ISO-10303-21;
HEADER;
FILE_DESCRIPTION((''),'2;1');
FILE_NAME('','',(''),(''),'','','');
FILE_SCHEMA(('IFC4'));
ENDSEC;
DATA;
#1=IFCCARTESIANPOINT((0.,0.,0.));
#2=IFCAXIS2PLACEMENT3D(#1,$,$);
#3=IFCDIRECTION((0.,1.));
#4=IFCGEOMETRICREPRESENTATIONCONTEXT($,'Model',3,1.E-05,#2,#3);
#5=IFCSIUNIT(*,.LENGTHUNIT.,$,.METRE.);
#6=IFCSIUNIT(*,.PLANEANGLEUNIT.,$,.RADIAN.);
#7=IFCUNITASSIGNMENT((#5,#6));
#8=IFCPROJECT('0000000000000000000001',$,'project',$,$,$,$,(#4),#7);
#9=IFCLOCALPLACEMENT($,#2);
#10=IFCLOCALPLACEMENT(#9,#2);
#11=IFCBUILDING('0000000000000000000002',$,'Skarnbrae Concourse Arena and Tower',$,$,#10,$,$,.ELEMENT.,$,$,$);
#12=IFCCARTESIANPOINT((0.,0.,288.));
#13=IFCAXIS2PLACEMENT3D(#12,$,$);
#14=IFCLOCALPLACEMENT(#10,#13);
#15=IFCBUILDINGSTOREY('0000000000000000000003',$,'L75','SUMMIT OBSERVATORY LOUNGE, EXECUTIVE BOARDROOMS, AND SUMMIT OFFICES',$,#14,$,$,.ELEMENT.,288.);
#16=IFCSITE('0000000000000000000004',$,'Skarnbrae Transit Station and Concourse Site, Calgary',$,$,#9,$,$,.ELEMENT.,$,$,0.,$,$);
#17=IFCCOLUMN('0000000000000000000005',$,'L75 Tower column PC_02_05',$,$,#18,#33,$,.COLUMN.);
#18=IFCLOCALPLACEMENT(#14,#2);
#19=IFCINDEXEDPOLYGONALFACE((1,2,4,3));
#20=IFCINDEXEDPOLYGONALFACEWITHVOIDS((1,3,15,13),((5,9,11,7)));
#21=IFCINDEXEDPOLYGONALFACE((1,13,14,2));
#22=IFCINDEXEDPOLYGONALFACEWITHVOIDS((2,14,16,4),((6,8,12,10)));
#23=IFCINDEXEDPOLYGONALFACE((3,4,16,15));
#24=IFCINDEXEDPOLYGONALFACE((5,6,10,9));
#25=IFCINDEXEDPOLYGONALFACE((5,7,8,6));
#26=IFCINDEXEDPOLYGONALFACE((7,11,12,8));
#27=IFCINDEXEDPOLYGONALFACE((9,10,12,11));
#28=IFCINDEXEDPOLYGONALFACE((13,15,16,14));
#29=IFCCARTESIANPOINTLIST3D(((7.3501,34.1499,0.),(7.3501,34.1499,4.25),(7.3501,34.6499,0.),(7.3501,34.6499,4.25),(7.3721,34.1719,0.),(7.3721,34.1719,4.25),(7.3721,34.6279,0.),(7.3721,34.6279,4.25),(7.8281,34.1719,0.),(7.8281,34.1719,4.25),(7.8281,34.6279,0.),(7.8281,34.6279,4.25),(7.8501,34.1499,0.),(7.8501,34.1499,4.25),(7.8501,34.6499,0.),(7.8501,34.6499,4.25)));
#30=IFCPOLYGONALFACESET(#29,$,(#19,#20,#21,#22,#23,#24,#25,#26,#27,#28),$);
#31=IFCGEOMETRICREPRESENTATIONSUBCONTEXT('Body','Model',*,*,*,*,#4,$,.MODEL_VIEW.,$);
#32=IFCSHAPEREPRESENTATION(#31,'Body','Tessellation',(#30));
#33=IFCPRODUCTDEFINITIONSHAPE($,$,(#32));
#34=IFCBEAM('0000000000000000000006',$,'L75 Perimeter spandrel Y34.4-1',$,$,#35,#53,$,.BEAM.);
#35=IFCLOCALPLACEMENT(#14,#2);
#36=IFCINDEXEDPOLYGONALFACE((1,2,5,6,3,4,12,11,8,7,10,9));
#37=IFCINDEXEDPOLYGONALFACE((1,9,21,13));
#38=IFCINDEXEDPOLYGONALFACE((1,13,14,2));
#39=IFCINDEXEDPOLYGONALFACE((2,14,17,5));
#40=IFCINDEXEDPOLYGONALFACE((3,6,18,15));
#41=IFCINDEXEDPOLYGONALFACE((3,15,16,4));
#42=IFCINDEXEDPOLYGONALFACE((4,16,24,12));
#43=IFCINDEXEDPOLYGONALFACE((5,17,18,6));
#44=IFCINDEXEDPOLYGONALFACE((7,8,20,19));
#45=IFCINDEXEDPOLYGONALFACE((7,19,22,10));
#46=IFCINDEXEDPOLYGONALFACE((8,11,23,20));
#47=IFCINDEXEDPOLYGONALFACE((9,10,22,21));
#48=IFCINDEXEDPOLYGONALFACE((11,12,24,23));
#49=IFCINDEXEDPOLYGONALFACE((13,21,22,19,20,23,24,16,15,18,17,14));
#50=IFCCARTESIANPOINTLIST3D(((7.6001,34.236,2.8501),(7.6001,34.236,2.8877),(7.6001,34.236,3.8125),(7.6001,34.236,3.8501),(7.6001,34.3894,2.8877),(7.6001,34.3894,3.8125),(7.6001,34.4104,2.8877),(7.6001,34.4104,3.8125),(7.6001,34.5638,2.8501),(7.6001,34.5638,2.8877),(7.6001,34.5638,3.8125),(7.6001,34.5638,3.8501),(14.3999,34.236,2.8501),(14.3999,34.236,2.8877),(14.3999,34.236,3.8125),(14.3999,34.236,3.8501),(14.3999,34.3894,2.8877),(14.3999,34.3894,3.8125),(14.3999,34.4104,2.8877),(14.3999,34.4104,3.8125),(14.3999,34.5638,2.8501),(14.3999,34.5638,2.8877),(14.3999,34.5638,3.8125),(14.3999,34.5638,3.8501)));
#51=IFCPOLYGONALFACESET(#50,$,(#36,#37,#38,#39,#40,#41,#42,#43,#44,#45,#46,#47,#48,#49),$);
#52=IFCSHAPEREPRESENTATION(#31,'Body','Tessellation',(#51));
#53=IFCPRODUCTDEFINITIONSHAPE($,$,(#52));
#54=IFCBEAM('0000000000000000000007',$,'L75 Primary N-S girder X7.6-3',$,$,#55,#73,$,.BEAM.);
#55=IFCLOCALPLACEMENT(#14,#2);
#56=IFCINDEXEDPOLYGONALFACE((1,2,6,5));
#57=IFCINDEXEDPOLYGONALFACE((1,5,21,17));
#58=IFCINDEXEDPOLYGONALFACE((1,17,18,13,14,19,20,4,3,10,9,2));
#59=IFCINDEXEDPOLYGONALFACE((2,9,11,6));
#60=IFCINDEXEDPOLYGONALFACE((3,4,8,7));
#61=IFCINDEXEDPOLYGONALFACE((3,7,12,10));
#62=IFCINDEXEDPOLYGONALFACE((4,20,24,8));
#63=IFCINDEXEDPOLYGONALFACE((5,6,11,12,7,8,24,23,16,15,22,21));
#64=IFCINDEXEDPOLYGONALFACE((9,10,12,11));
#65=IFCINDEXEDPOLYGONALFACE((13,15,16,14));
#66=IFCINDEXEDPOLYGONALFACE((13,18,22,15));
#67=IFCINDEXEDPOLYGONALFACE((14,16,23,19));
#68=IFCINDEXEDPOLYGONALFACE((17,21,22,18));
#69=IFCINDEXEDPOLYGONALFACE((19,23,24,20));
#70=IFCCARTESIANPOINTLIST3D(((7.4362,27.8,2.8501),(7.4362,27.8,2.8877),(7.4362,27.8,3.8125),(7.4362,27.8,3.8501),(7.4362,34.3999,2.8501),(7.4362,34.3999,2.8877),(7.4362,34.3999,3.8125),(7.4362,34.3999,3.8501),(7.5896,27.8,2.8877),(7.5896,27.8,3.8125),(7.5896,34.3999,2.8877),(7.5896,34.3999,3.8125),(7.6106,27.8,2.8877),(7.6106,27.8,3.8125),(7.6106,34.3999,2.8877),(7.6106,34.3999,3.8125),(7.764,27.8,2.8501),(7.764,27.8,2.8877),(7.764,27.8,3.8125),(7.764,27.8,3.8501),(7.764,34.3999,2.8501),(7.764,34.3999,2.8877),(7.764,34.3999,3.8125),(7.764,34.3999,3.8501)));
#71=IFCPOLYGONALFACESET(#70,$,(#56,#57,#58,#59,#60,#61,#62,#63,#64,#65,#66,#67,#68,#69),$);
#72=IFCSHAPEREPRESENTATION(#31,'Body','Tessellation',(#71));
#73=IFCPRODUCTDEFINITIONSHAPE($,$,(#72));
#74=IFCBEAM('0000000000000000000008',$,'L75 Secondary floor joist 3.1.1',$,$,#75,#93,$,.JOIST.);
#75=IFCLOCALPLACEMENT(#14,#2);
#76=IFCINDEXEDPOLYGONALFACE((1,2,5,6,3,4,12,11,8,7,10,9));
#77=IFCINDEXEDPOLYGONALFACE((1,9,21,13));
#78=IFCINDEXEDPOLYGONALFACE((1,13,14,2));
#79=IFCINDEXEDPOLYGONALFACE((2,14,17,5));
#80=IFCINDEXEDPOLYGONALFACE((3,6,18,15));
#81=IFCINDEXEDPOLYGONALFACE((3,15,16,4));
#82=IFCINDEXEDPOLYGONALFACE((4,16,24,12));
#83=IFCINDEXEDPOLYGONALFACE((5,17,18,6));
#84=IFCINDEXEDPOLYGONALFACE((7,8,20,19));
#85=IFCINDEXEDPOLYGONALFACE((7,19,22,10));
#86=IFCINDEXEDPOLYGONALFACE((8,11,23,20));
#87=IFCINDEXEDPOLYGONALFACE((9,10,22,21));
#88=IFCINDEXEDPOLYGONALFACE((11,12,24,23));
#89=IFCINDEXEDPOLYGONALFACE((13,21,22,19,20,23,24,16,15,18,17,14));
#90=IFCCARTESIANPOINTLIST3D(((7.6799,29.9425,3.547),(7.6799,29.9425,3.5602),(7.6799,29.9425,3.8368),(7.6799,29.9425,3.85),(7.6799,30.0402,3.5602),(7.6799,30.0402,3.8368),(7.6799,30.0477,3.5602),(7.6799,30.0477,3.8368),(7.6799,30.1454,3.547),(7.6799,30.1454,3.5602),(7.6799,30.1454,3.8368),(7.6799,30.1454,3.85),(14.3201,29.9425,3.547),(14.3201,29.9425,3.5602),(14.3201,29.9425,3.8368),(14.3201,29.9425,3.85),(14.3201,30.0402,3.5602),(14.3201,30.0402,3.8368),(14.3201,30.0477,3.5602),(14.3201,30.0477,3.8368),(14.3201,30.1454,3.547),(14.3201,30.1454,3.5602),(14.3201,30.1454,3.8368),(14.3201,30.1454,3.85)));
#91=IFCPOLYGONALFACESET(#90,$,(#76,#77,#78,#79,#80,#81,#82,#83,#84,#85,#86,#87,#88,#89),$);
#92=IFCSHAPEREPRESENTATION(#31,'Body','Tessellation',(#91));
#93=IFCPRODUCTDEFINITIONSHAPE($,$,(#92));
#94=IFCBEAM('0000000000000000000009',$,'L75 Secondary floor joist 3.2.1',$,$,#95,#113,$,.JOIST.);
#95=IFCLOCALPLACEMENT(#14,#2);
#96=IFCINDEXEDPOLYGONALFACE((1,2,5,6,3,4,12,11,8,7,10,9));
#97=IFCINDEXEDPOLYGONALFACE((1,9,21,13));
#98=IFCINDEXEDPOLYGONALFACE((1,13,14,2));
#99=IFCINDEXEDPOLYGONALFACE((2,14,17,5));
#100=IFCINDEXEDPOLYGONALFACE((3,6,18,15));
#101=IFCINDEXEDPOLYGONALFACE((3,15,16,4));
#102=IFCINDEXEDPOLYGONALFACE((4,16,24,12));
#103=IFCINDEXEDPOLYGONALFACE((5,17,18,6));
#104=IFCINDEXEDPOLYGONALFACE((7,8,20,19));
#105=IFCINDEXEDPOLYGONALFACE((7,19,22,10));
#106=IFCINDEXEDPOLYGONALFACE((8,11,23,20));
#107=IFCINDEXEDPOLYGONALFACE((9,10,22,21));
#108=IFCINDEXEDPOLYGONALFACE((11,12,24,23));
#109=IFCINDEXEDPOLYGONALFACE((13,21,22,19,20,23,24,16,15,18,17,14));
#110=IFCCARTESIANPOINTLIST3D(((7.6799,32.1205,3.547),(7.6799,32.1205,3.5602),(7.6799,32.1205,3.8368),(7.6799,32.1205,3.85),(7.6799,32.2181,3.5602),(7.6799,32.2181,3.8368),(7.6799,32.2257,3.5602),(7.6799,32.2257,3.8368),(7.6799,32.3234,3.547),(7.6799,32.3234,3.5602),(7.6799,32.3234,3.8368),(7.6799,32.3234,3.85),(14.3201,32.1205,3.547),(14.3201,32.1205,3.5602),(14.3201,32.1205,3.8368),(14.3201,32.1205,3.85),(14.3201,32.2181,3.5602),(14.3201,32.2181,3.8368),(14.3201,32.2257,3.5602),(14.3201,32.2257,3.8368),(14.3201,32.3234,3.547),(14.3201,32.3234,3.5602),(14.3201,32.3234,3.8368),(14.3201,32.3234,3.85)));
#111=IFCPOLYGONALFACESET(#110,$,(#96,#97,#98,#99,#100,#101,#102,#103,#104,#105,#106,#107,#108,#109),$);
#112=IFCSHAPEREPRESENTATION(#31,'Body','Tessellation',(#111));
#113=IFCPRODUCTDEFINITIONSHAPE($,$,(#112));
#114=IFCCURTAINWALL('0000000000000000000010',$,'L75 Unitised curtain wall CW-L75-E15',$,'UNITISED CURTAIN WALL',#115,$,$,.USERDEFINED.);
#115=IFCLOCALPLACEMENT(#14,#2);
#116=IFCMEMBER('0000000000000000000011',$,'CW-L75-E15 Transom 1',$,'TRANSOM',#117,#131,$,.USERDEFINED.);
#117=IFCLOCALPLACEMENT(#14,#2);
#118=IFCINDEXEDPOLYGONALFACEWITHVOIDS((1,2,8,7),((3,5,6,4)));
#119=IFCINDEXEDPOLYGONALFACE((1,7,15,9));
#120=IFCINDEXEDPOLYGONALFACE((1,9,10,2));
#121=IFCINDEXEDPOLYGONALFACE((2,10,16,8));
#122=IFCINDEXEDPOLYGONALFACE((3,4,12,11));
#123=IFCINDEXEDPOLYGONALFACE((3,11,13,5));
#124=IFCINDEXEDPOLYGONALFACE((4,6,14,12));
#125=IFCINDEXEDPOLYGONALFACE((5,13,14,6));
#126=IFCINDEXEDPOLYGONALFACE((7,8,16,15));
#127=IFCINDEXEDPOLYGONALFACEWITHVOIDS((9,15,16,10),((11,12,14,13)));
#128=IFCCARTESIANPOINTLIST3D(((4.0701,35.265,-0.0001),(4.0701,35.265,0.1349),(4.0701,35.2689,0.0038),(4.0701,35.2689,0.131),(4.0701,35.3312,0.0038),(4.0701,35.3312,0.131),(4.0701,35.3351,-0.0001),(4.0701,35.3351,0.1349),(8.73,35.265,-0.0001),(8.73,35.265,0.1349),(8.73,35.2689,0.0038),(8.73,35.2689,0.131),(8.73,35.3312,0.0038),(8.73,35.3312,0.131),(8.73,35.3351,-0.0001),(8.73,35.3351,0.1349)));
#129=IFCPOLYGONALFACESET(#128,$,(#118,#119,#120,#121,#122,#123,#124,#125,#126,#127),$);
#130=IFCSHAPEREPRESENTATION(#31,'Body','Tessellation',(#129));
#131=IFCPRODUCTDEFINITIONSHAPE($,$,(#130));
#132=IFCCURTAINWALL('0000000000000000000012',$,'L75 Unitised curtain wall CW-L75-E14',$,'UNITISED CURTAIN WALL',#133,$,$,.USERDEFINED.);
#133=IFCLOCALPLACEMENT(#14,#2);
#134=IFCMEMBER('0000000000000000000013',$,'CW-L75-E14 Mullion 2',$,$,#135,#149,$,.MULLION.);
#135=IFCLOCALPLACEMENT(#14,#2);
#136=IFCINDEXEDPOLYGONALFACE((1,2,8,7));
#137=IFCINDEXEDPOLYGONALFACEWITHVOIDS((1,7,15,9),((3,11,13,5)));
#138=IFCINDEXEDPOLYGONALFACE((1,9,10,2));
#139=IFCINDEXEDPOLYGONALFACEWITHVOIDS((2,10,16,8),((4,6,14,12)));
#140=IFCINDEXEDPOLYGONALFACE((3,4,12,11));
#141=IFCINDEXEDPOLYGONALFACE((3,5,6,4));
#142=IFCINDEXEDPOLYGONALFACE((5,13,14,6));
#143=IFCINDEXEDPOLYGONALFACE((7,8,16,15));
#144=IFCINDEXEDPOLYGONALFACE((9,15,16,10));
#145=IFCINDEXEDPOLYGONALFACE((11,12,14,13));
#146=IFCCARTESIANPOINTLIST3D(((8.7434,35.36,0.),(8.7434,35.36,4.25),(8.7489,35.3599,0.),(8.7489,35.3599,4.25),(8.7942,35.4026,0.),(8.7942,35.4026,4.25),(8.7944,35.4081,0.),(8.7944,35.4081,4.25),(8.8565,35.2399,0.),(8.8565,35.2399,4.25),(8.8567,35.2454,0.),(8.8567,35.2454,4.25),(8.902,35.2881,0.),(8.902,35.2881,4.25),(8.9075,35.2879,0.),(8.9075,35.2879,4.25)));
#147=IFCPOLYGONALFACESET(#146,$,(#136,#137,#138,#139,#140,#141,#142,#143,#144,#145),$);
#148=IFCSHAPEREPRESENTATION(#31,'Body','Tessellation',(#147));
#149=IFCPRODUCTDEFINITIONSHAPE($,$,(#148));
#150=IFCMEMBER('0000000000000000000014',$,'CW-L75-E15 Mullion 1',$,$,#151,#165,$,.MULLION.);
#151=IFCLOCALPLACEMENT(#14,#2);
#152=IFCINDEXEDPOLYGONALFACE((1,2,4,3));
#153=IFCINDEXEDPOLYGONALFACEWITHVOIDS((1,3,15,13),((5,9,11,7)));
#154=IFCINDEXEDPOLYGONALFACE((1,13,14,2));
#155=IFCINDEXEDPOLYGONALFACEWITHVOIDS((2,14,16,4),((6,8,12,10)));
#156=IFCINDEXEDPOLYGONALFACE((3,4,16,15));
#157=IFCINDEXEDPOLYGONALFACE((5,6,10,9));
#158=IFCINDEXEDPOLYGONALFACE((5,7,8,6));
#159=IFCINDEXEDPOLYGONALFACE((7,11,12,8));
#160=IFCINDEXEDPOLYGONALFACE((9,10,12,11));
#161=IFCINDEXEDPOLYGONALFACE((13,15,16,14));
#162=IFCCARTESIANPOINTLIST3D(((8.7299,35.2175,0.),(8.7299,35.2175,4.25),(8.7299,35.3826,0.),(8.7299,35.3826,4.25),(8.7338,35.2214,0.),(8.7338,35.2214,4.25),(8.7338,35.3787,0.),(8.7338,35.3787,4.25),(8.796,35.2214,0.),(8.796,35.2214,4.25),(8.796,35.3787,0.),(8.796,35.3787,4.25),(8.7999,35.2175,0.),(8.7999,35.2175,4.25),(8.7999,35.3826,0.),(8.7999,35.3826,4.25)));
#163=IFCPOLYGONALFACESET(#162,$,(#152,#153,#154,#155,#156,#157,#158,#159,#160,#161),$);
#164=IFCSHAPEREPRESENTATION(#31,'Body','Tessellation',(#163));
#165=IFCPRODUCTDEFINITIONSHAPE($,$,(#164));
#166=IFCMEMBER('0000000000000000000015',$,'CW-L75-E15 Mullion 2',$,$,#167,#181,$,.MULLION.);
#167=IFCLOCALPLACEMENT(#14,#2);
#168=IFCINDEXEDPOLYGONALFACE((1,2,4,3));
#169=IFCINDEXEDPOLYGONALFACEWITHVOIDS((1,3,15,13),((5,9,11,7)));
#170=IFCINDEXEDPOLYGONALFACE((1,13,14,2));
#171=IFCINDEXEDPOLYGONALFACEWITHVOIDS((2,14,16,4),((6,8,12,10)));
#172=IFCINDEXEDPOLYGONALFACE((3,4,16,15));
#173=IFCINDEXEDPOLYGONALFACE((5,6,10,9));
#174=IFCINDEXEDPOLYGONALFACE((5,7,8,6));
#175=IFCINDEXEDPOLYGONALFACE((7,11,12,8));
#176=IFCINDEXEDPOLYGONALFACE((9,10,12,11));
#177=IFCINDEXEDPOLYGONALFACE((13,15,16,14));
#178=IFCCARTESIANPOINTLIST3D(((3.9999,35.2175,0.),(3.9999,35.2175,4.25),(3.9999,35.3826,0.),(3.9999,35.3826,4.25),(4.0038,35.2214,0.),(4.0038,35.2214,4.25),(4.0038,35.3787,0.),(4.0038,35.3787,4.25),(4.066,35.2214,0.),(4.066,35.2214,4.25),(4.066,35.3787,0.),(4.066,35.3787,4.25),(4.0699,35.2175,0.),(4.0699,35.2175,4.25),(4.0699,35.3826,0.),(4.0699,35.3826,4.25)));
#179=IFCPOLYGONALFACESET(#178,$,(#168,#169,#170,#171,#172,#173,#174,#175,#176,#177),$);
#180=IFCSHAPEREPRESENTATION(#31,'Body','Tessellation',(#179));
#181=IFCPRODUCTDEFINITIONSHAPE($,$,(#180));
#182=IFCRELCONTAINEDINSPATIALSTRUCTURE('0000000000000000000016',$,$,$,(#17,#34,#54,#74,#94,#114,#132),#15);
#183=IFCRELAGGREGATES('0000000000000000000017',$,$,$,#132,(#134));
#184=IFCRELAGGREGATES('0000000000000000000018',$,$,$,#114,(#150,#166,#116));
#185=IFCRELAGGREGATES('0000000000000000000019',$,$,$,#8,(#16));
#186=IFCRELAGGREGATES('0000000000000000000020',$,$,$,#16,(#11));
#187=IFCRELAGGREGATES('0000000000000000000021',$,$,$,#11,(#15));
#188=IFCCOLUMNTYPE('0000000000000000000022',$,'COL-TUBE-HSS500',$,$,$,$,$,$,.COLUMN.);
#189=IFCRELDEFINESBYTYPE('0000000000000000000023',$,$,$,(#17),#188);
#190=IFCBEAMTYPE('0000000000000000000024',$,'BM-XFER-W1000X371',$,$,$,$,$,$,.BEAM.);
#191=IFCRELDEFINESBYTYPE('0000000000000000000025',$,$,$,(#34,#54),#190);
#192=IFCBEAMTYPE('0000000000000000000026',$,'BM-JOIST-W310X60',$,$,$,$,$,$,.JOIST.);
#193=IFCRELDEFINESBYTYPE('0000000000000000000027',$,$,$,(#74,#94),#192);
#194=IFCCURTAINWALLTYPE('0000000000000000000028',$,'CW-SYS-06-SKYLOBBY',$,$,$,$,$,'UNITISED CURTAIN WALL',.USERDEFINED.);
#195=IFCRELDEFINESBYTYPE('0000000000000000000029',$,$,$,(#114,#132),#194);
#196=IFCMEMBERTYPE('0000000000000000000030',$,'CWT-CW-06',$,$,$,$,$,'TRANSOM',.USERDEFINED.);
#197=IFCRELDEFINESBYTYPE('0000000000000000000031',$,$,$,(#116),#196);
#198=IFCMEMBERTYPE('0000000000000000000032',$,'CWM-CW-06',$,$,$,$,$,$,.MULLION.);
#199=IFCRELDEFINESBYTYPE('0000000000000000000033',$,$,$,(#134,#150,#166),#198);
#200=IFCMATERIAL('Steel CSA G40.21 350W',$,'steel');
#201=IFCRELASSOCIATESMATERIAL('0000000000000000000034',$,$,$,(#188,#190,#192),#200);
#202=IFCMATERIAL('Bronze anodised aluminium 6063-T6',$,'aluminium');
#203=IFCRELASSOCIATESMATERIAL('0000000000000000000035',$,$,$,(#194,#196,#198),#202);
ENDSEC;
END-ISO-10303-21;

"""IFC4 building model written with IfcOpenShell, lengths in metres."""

from ifc_helpers import new_model, si_unit, direction, frame, origin, origin_2d, place, context, subcontext, project, spatial, hollow_rectangle, i_section, extrude, source, transform, mapped, material, material_profile, profile_set, type_object, element, aggregate, save


model = new_model("IFC4")

# Units and contexts
model_context = context("Model", 3, precision=1e-05, world=origin(), true_north=direction((0.0, 1.0)))
body_context = subcontext(model_context, "Body", "Model", "MODEL_VIEW")
ifc_project = project(units=[si_unit("LENGTHUNIT", "METRE"), si_unit("PLANEANGLEUNIT", "RADIAN")], contexts=[model_context])

# Site, building, storey
site_placement = place(None, origin())
site = spatial("IfcSite", under=ifc_project, at=site_placement, Name="Skarnbrae Transit Station and Concourse Site, Calgary", CompositionType="ELEMENT", RefElevation=0.0)
building_placement = place(site_placement, origin())
building = spatial("IfcBuilding", under=site, at=building_placement, Name="Skarnbrae Concourse Arena and Tower", CompositionType="ELEMENT")
storey_placement = place(building_placement, frame((0.0, 0.0, 288.0)))
storey = spatial("IfcBuildingStorey", under=building, at=storey_placement, Name="L75", Description="SUMMIT OBSERVATORY LOUNGE, EXECUTIVE BOARDROOMS, AND SUMMIT OFFICES", CompositionType="ELEMENT", Elevation=288.0)

# Column
ifc_material_1 = material(Name="Steel CSA G40.21 350W", Category="steel")
ifc_material_profile_1 = material_profile(ifc_material_1, hollow_rectangle(XDim=0.5, YDim=0.5, WallThickness=0.022, at=origin_2d()), Name="HSS500X500X22.0")
ifc_profile_set_1 = profile_set([ifc_material_profile_1], Name="Steel CSA G40.21 350W")
column_type = type_object("IfcColumnType", Name="COL-TUBE-HSS500", PredefinedType="COLUMN", material=ifc_profile_set_1)
shared_shape_1 = source(origin(), body_context, "Body", "SweptSolid", [
    extrude(hollow_rectangle(XDim=0.5, YDim=0.5, WallThickness=0.022, at=origin_2d()), origin(), (0.0, 0.0, 1.0), 4.25),
])
column_placement = place(storey_placement, frame((7.6001, 34.3999, 0.0), z_axis=(0.0, 0.0, 1.0), x_axis=(1.0, 0.0, 0.0)))
element("IfcColumn", 1, at=column_placement, inside=storey, type_object=column_type, Name="L75 Tower column PC_02_05", PredefinedType="COLUMN", context=body_context, shape_type="MappedRepresentation", body=[
    mapped(shared_shape_1, transform((0.0, 0.0, 0.0))),
])

# Beams
ifc_material_profile_2 = material_profile(ifc_material_1, i_section(OverallWidth=0.3279, OverallDepth=1.0, WebThickness=0.021, FlangeThickness=0.0376, at=origin_2d()), Name="W1000X371")
ifc_profile_set_2 = profile_set([ifc_material_profile_2], Name="Steel CSA G40.21 350W")
beam_type_1 = type_object("IfcBeamType", Name="BM-XFER-W1000X371", PredefinedType="BEAM", material=ifc_profile_set_2)
shared_shape_2 = source(origin(), body_context, "Body", "SweptSolid", [
    extrude(i_section(OverallWidth=0.3279, OverallDepth=1.0, WebThickness=0.021, FlangeThickness=0.0376, at=origin_2d()), origin(), (0.0, 0.0, 1.0), 6.7998),
])
beam_1_placement = place(storey_placement, frame((7.6001, 34.3999, 3.3501), z_axis=(1.0, 0.0, 0.0), x_axis=(0.0, 1.0, 0.0)))
element("IfcBeam", 2, at=beam_1_placement, inside=storey, type_object=beam_type_1, Name="L75 Perimeter spandrel Y34.4-1", PredefinedType="BEAM", context=body_context, shape_type="MappedRepresentation", body=[
    mapped(shared_shape_2, transform((0.0, 0.0, 0.0))),
])
shared_shape_3 = source(origin(), body_context, "Body", "SweptSolid", [
    extrude(i_section(OverallWidth=0.3279, OverallDepth=1.0, WebThickness=0.021, FlangeThickness=0.0376, at=origin_2d()), origin(), (0.0, 0.0, 1.0), 6.5999),
])
beam_2_placement = place(storey_placement, frame((7.6001, 27.8, 3.3501), z_axis=(0.0, 1.0, 0.0), x_axis=(-1.0, 0.0, 0.0)))
element("IfcBeam", 3, at=beam_2_placement, inside=storey, type_object=beam_type_1, Name="L75 Primary N-S girder X7.6-3", PredefinedType="BEAM", context=body_context, shape_type="MappedRepresentation", body=[
    mapped(shared_shape_3, transform((0.0, 0.0, 0.0))),
])
ifc_material_profile_3 = material_profile(ifc_material_1, i_section(OverallWidth=0.2029, OverallDepth=0.303, WebThickness=0.0076, FlangeThickness=0.0132, at=origin_2d()), Name="W310X60")
ifc_profile_set_3 = profile_set([ifc_material_profile_3], Name="Steel CSA G40.21 350W")
beam_type_2 = type_object("IfcBeamType", Name="BM-JOIST-W310X60", PredefinedType="JOIST", material=ifc_profile_set_3)
shared_shape_4 = source(origin(), body_context, "Body", "SweptSolid", [
    extrude(i_section(OverallWidth=0.2029, OverallDepth=0.303, WebThickness=0.0076, FlangeThickness=0.0132, at=origin_2d()), origin(), (0.0, 0.0, 1.0), 6.6401),
])
for number, where, z_axis, x_axis, name in (
    (4, (7.6799, 30.0439, 3.6985), (1.0, 0.0, 0.0), (0.0, 1.0, 0.0), "L75 Secondary floor joist 3.1.1"),
    (5, (7.6799, 32.2219, 3.6985), (1.0, 0.0, 0.0), (0.0, 1.0, 0.0), "L75 Secondary floor joist 3.2.1"),
):
    element("IfcBeam", number, at=place(storey_placement, frame(where, z_axis=z_axis, x_axis=x_axis)), inside=storey, type_object=beam_type_2, Name=name, PredefinedType="JOIST", context=body_context, shape_type="MappedRepresentation", body=[
        mapped(shared_shape_4, transform((0.0, 0.0, 0.0))),
    ])

# Curtain walls, members
ifc_material_2 = material(Name="Bronze anodised aluminium 6063-T6", Category="aluminium")
curtain_wall_type = type_object("IfcCurtainWallType", Name="CW-SYS-06-SKYLOBBY", ElementType="UNITISED CURTAIN WALL", PredefinedType="USERDEFINED", material=ifc_material_2)
curtain_wall_1_placement = place(storey_placement, origin())
curtain_wall_1 = element("IfcCurtainWall", 6, at=curtain_wall_1_placement, inside=storey, type_object=curtain_wall_type, Name="L75 Unitised curtain wall CW-L75-E15", ObjectType="UNITISED CURTAIN WALL", PredefinedType="USERDEFINED")
ifc_material_profile_4 = material_profile(ifc_material_2, hollow_rectangle(XDim=0.0701, YDim=0.135, WallThickness=0.0039, at=origin_2d()), Name="ALU-TRAN-70X135")
ifc_profile_set_4 = profile_set([ifc_material_profile_4], Name="Bronze anodised aluminium 6063-T6")
member_type_1 = type_object("IfcMemberType", Name="CWT-CW-06", ElementType="TRANSOM", PredefinedType="USERDEFINED", material=ifc_profile_set_4)
shared_shape_5 = source(origin(), body_context, "Body", "SweptSolid", [
    extrude(hollow_rectangle(XDim=0.0701, YDim=0.135, WallThickness=0.0039, at=origin_2d()), origin(), (0.0, 0.0, 1.0), 4.6599),
])
member_1_placement = place(storey_placement, frame((8.73, 35.3, 0.0674), z_axis=(-1.0, 0.0, 0.0), x_axis=(0.0, -1.0, 0.0)))
member_1 = element("IfcMember", 7, at=member_1_placement, type_object=member_type_1, Name="CW-L75-E15 Transom 1", ObjectType="TRANSOM", PredefinedType="USERDEFINED", context=body_context, shape_type="MappedRepresentation", body=[
    mapped(shared_shape_5, transform((0.0, 0.0, 0.0))),
])
curtain_wall_2_placement = place(storey_placement, origin())
curtain_wall_2 = element("IfcCurtainWall", 8, at=curtain_wall_2_placement, inside=storey, type_object=curtain_wall_type, Name="L75 Unitised curtain wall CW-L75-E14", ObjectType="UNITISED CURTAIN WALL", PredefinedType="USERDEFINED")
ifc_material_profile_5 = material_profile(ifc_material_2, hollow_rectangle(XDim=0.0701, YDim=0.165, WallThickness=0.0039, at=origin_2d()), Name="ALU-MULL-70X165")
ifc_profile_set_5 = profile_set([ifc_material_profile_5], Name="Bronze anodised aluminium 6063-T6")
member_type_2 = type_object("IfcMemberType", Name="CWM-CW-06", PredefinedType="MULLION", material=ifc_profile_set_5)
shared_shape_6 = source(origin(), body_context, "Body", "SweptSolid", [
    extrude(hollow_rectangle(XDim=0.0701, YDim=0.165, WallThickness=0.0039, at=origin_2d()), origin(), (0.0, 0.0, 1.0), 4.25),
])
member_2_placement = place(storey_placement, frame((8.8254, 35.324, 0.0), z_axis=(0.0, 0.0, 1.0), x_axis=(-0.728131, -0.685438, 0.0)))
member_2 = element("IfcMember", 9, at=member_2_placement, type_object=member_type_2, Name="CW-L75-E14 Mullion 2", PredefinedType="MULLION", context=body_context, shape_type="MappedRepresentation", body=[
    mapped(shared_shape_6, transform((0.0, 0.0, 0.0))),
])
aggregate(curtain_wall_2, [member_2])

# Members
member_3_placement = place(storey_placement, frame((8.7649, 35.3, 0.0), z_axis=(0.0, 0.0, 1.0), x_axis=(-1.0, 0.0, 0.0)))
member_3 = element("IfcMember", 10, at=member_3_placement, type_object=member_type_2, Name="CW-L75-E15 Mullion 1", PredefinedType="MULLION", context=body_context, shape_type="MappedRepresentation", body=[
    mapped(shared_shape_6, transform((0.0, 0.0, 0.0))),
])
member_4_placement = place(storey_placement, frame((4.0349, 35.3, 0.0), z_axis=(0.0, 0.0, 1.0), x_axis=(-1.0, 0.0, 0.0)))
member_4 = element("IfcMember", 11, at=member_4_placement, type_object=member_type_2, Name="CW-L75-E15 Mullion 2", PredefinedType="MULLION", context=body_context, shape_type="MappedRepresentation", body=[
    mapped(shared_shape_6, transform((0.0, 0.0, 0.0))),
])

aggregate(curtain_wall_1, [member_3, member_4, member_1])

save(model, "model.ifc")
